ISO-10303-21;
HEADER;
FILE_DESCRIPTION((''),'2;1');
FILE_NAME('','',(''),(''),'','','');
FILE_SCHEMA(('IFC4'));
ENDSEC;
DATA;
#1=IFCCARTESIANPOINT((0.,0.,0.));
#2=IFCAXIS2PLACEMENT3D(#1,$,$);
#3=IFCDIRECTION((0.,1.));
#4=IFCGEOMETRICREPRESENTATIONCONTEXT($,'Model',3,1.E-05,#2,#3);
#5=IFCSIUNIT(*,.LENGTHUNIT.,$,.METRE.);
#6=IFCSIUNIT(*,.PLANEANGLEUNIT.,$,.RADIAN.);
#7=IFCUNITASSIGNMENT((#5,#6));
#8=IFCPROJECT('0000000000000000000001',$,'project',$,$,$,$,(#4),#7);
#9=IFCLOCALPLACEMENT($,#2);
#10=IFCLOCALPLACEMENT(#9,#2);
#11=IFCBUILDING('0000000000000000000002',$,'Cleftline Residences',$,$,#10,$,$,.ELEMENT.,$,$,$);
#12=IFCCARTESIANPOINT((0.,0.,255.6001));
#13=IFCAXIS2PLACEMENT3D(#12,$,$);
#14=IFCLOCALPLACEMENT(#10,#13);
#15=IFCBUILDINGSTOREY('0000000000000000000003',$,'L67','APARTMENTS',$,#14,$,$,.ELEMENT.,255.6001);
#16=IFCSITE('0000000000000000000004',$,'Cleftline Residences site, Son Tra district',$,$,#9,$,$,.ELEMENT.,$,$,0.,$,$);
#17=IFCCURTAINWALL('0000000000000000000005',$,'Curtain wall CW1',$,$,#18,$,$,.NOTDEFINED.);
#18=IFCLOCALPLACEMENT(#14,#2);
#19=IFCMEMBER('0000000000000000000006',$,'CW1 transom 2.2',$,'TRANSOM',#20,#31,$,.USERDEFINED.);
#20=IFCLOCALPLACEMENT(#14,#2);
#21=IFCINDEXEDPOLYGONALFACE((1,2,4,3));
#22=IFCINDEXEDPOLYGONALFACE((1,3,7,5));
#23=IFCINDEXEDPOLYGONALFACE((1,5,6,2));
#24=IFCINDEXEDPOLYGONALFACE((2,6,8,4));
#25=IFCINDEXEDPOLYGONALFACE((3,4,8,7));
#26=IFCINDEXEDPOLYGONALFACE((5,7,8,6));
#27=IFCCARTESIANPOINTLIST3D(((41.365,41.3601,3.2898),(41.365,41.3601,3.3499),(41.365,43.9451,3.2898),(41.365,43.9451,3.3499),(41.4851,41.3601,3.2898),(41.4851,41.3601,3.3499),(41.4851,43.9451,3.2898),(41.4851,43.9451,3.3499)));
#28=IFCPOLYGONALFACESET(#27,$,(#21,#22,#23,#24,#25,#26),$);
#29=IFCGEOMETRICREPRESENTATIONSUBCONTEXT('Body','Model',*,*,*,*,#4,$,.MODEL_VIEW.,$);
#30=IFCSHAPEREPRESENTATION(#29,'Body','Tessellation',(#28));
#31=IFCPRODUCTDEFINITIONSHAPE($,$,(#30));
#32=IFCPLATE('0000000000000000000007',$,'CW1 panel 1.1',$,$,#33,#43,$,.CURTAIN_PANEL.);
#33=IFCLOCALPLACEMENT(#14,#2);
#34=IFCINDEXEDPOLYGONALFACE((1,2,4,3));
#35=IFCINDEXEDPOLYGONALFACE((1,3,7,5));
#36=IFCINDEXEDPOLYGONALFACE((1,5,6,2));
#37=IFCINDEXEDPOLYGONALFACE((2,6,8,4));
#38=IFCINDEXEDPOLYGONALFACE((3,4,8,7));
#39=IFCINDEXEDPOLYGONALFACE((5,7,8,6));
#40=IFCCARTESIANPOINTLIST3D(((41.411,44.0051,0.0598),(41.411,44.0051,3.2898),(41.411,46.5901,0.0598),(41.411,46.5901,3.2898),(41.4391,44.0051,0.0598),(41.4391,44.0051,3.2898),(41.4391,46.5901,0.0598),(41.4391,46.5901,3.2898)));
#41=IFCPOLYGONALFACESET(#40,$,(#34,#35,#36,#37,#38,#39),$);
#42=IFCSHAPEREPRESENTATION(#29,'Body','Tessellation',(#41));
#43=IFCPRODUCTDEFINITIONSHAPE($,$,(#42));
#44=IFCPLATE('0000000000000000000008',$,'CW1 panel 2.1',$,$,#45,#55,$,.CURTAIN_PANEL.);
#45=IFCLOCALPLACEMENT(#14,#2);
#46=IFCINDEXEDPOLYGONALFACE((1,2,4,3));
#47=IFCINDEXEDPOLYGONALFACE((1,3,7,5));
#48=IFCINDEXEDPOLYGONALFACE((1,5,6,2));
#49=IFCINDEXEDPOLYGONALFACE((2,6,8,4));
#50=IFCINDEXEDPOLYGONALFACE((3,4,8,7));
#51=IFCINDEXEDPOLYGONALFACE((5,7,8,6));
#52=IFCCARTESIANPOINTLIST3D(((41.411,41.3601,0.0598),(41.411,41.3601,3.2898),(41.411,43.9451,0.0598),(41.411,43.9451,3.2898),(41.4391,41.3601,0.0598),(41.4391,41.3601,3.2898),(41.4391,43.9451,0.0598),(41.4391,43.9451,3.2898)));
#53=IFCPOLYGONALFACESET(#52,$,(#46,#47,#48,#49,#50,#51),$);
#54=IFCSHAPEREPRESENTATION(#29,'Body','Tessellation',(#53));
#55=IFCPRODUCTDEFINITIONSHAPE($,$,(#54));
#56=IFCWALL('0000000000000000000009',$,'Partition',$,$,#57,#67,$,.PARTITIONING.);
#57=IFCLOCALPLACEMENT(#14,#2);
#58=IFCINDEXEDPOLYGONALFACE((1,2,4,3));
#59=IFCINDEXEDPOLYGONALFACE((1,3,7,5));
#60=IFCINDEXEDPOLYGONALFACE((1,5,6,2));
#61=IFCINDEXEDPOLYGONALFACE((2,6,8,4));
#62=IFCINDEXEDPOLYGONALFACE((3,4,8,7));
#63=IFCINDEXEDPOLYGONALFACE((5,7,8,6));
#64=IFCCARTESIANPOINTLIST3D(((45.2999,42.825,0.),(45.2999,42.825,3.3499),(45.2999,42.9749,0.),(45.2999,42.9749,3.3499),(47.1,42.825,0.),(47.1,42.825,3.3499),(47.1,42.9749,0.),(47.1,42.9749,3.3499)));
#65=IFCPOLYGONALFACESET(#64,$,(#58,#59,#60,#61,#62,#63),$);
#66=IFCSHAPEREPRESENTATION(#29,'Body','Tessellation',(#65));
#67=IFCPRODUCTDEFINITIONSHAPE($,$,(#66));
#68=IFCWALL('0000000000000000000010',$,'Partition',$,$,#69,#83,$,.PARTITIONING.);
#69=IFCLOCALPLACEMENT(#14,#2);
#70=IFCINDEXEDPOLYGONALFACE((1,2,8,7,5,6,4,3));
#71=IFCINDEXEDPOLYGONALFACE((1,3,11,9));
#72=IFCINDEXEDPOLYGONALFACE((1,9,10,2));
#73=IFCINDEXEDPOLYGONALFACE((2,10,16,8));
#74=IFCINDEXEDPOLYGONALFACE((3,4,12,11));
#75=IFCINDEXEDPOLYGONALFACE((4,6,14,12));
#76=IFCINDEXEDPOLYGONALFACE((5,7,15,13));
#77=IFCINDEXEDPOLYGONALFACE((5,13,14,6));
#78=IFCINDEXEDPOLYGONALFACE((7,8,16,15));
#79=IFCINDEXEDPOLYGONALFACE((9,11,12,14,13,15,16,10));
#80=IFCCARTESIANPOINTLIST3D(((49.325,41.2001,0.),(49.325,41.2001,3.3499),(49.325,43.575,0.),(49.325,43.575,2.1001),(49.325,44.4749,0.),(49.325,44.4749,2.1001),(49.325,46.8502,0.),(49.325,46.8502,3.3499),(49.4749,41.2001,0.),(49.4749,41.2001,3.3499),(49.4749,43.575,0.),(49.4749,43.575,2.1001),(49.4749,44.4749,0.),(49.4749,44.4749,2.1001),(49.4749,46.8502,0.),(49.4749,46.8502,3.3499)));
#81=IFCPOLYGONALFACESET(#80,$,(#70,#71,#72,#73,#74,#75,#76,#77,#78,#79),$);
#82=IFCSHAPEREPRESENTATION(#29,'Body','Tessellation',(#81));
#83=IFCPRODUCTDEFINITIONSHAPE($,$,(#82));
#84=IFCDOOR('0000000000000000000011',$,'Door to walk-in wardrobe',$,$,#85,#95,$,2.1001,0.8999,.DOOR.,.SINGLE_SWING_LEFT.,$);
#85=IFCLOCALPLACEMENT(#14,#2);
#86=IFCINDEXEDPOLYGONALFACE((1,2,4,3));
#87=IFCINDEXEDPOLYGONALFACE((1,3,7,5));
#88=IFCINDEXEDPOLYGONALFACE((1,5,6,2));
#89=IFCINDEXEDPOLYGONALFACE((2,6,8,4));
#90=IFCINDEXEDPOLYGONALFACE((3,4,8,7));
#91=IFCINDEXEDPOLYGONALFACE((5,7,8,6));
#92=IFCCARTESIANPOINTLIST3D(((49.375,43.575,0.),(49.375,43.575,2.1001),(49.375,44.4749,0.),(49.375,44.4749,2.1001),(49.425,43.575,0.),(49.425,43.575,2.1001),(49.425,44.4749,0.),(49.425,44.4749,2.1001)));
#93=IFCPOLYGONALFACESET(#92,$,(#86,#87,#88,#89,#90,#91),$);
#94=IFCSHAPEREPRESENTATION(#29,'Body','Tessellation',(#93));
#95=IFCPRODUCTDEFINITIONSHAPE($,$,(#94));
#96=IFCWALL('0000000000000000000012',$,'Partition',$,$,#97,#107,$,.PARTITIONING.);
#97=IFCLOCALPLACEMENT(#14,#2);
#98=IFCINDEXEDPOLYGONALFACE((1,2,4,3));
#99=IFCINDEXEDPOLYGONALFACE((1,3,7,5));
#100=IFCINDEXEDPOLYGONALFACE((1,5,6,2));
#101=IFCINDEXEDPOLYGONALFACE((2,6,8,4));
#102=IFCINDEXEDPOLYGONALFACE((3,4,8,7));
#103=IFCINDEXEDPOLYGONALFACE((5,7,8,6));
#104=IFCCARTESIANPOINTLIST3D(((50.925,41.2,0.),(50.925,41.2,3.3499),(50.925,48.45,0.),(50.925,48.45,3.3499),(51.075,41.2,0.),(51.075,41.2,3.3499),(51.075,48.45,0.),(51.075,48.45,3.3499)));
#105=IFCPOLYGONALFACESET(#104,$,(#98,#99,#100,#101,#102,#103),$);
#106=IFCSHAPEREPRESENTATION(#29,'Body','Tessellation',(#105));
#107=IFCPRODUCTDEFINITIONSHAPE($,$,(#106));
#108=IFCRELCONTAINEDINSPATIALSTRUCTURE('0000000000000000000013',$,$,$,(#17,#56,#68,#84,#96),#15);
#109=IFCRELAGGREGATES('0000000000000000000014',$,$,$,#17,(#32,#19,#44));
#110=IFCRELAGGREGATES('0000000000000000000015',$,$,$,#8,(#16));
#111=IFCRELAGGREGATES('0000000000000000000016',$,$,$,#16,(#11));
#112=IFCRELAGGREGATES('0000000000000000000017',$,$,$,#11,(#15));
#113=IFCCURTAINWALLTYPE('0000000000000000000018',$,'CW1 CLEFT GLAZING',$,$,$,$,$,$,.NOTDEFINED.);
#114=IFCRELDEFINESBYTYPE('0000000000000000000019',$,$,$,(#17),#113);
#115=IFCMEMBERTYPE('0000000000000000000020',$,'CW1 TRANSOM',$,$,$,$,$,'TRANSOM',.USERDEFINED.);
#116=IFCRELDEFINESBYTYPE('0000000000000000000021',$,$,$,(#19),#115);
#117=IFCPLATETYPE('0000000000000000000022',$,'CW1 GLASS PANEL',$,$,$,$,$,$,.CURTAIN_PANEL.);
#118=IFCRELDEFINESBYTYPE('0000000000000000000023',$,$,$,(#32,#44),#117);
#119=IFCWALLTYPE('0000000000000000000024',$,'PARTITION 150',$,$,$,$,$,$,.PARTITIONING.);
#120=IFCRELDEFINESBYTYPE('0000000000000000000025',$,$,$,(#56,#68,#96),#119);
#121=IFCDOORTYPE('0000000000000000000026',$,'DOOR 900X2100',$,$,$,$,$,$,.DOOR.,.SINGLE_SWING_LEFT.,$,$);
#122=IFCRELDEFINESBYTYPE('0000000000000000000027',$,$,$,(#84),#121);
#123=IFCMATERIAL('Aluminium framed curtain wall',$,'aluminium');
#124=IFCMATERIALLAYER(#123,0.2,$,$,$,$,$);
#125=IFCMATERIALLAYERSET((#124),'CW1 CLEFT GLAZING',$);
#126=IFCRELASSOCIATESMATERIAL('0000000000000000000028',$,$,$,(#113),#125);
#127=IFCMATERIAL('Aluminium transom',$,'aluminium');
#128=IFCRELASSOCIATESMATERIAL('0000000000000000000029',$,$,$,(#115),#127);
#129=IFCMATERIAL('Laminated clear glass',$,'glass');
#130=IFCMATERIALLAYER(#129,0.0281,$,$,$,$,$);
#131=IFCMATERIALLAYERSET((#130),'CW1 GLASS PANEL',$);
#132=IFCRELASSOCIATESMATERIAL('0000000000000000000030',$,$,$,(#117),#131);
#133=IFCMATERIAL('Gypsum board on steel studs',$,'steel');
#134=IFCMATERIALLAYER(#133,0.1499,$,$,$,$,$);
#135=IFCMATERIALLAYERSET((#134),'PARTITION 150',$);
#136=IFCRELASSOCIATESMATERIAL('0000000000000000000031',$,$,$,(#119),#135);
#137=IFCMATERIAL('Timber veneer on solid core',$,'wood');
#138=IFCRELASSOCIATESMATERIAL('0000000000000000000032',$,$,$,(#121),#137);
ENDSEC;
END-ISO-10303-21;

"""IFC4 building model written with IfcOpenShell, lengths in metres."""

from ifc_helpers import new_model, si_unit, direction, frame, frame_2d, origin, origin_2d, place, context, subcontext, project, spatial, rectangle, extrude, material, layer, layer_set, material_profile, profile_set, type_object, element, fill, aggregate, save


model = new_model("IFC4")

# Units and contexts
model_context = context("Model", 3, precision=1e-05, world=origin(), true_north=direction((0.0, 1.0)))
body_context = subcontext(model_context, "Body", "Model", "MODEL_VIEW")
ifc_project = project(units=[si_unit("LENGTHUNIT", "METRE"), si_unit("PLANEANGLEUNIT", "RADIAN")], contexts=[model_context])

# Site, building, storey
site_placement = place(None, origin())
site = spatial("IfcSite", under=ifc_project, at=site_placement, Name="Cleftline Residences site, Son Tra district", CompositionType="ELEMENT", RefElevation=0.0)
building_placement = place(site_placement, origin())
building = spatial("IfcBuilding", under=site, at=building_placement, Name="Cleftline Residences", CompositionType="ELEMENT")
storey_placement = place(building_placement, frame((0.0, 0.0, 255.6001)))
storey = spatial("IfcBuildingStorey", under=building, at=storey_placement, Name="L67", Description="APARTMENTS", CompositionType="ELEMENT", Elevation=255.6001)

# Curtain wall, member, plates
ifc_material_1 = material(Name="Aluminium framed curtain wall", Category="aluminium")
ifc_layer_1 = layer(ifc_material_1, 0.2)
ifc_layer_set_1 = layer_set([ifc_layer_1], Name="CW1 CLEFT GLAZING")
curtain_wall_type = type_object("IfcCurtainWallType", Name="CW1 CLEFT GLAZING", PredefinedType="NOTDEFINED", material=ifc_layer_set_1)
curtain_wall_placement = place(storey_placement, origin())
curtain_wall = element("IfcCurtainWall", 1, at=curtain_wall_placement, inside=storey, type_object=curtain_wall_type, Name="Curtain wall CW1", PredefinedType="NOTDEFINED")
ifc_material_2 = material(Name="Aluminium transom", Category="aluminium")
ifc_material_profile_1 = material_profile(ifc_material_2, rectangle(XDim=0.1201, YDim=0.0601, at=origin_2d()))
ifc_profile_set_1 = profile_set([ifc_material_profile_1], Name="Aluminium transom")
member_type = type_object("IfcMemberType", Name="CW1 TRANSOM", ElementType="TRANSOM", PredefinedType="USERDEFINED", material=ifc_profile_set_1)
member_1_placement = place(storey_placement, frame((41.425, 43.9451, 3.3198), z_axis=(0.0, -1.0, 0.0), x_axis=(1.0, 0.0, 0.0)))
member_1 = element("IfcMember", 2, at=member_1_placement, type_object=member_type, Name="CW1 transom 2.2", ObjectType="TRANSOM", PredefinedType="USERDEFINED", context=body_context, shape_type="SweptSolid", body=[
    extrude(rectangle(XDim=0.1201, YDim=0.0601, at=origin_2d()), origin(), (0.0, 0.0, 1.0), 2.585),
])
ifc_material_3 = material(Name="Laminated clear glass", Category="glass")
ifc_layer_2 = layer(ifc_material_3, 0.0281)
ifc_layer_set_2 = layer_set([ifc_layer_2], Name="CW1 GLASS PANEL")
plate_type = type_object("IfcPlateType", Name="CW1 GLASS PANEL", PredefinedType="CURTAIN_PANEL", material=ifc_layer_set_2)
plate_1_placement = place(storey_placement, frame((41.425, 45.2976, 0.0598), z_axis=(0.0, 0.0, 1.0), x_axis=(0.0, -1.0, 0.0)))
plate_1 = element("IfcPlate", 3, at=plate_1_placement, type_object=plate_type, Name="CW1 panel 1.1", PredefinedType="CURTAIN_PANEL", context=body_context, shape_type="SweptSolid", body=[
    extrude(rectangle(XDim=2.585, YDim=0.0281, at=origin_2d()), origin(), (0.0, 0.0, 1.0), 3.23),
])
plate_2_placement = place(storey_placement, frame((41.425, 42.6526, 0.0598), z_axis=(0.0, 0.0, 1.0), x_axis=(0.0, -1.0, 0.0)))
plate_2 = element("IfcPlate", 4, at=plate_2_placement, type_object=plate_type, Name="CW1 panel 2.1", PredefinedType="CURTAIN_PANEL", context=body_context, shape_type="SweptSolid", body=[
    extrude(rectangle(XDim=2.585, YDim=0.0281, at=origin_2d()), origin(), (0.0, 0.0, 1.0), 3.23),
])
aggregate(curtain_wall, [plate_1, member_1, plate_2])

# Wall
ifc_material_4 = material(Name="Gypsum board on steel studs", Category="steel")
ifc_layer_3 = layer(ifc_material_4, 0.1499)
ifc_layer_set_3 = layer_set([ifc_layer_3], Name="PARTITION 150")
wall_type = type_object("IfcWallType", Name="PARTITION 150", PredefinedType="PARTITIONING", material=ifc_layer_set_3)
wall_1_placement = place(storey_placement, frame((45.3, 42.8999, 0.0), z_axis=(0.0, 0.0, 1.0), x_axis=(1.0, 0.0, 0.0)))
element("IfcWall", 5, at=wall_1_placement, inside=storey, type_object=wall_type, Name="Partition", PredefinedType="PARTITIONING", context=body_context, shape_type="SweptSolid", body=[
    extrude(rectangle(XDim=1.8, YDim=0.1499, at=frame_2d((0.8999, 0.0))), origin(), (0.0, 0.0, 1.0), 3.3499),
])

# Wall, opening, door
wall_2_placement = place(storey_placement, frame((49.3999, 41.2, 0.0), z_axis=(0.0, 0.0, 1.0), x_axis=(0.0, 1.0, 0.0)))
wall_2 = element("IfcWall", 6, at=wall_2_placement, inside=storey, type_object=wall_type, Name="Partition", PredefinedType="PARTITIONING", context=body_context, shape_type="SweptSolid", body=[
    extrude(rectangle(XDim=5.6501, YDim=0.1499, at=frame_2d((2.8252, 0.0))), origin(), (0.0, 0.0, 1.0), 3.3499),
])
opening_placement = place(wall_2_placement, frame((2.375, 0.0, 0.0)))
opening = element("IfcOpeningElement", 7, at=opening_placement, cuts=wall_2, PredefinedType="OPENING", context=body_context, shape_type="SweptSolid", body=[
    extrude(rectangle(XDim=0.8999, YDim=2.1001, at=frame_2d((0.45, 1.05))), frame((0.0, 0.085, 0.0), z_axis=(0.0, -1.0, 0.0), x_axis=(1.0, 0.0, 0.0)), (0.0, 0.0, 1.0), 0.1699),
])
ifc_material_5 = material(Name="Timber veneer on solid core", Category="wood")
door_type = type_object("IfcDoorType", Name="DOOR 900X2100", OperationType="SINGLE_SWING_LEFT", PredefinedType="DOOR", material=ifc_material_5)
door_placement = place(opening_placement, origin())
door = element("IfcDoor", 8, at=door_placement, inside=storey, type_object=door_type, Name="Door to walk-in wardrobe", OperationType="SINGLE_SWING_LEFT", OverallHeight=2.1001, OverallWidth=0.8999, PredefinedType="DOOR", context=body_context, shape_type="SweptSolid", body=[
    extrude(rectangle(XDim=0.8999, YDim=2.1001, at=frame_2d((0.45, 1.05))), frame((0.0, 0.0249, 0.0), z_axis=(0.0, -1.0, 0.0), x_axis=(1.0, 0.0, 0.0)), (0.0, 0.0, 1.0), 0.05),
])
fill(opening, door)

# Wall
wall_3_placement = place(storey_placement, frame((51.0, 41.2, 0.0), z_axis=(0.0, 0.0, 1.0), x_axis=(0.0, 1.0, 0.0)))
element("IfcWall", 9, at=wall_3_placement, inside=storey, type_object=wall_type, Name="Partition", PredefinedType="PARTITIONING", context=body_context, shape_type="SweptSolid", body=[
    extrude(rectangle(XDim=7.25, YDim=0.1499, at=frame_2d((3.625, 0.0))), origin(), (0.0, 0.0, 1.0), 3.3499),
])

save(model, "model.ifc")
